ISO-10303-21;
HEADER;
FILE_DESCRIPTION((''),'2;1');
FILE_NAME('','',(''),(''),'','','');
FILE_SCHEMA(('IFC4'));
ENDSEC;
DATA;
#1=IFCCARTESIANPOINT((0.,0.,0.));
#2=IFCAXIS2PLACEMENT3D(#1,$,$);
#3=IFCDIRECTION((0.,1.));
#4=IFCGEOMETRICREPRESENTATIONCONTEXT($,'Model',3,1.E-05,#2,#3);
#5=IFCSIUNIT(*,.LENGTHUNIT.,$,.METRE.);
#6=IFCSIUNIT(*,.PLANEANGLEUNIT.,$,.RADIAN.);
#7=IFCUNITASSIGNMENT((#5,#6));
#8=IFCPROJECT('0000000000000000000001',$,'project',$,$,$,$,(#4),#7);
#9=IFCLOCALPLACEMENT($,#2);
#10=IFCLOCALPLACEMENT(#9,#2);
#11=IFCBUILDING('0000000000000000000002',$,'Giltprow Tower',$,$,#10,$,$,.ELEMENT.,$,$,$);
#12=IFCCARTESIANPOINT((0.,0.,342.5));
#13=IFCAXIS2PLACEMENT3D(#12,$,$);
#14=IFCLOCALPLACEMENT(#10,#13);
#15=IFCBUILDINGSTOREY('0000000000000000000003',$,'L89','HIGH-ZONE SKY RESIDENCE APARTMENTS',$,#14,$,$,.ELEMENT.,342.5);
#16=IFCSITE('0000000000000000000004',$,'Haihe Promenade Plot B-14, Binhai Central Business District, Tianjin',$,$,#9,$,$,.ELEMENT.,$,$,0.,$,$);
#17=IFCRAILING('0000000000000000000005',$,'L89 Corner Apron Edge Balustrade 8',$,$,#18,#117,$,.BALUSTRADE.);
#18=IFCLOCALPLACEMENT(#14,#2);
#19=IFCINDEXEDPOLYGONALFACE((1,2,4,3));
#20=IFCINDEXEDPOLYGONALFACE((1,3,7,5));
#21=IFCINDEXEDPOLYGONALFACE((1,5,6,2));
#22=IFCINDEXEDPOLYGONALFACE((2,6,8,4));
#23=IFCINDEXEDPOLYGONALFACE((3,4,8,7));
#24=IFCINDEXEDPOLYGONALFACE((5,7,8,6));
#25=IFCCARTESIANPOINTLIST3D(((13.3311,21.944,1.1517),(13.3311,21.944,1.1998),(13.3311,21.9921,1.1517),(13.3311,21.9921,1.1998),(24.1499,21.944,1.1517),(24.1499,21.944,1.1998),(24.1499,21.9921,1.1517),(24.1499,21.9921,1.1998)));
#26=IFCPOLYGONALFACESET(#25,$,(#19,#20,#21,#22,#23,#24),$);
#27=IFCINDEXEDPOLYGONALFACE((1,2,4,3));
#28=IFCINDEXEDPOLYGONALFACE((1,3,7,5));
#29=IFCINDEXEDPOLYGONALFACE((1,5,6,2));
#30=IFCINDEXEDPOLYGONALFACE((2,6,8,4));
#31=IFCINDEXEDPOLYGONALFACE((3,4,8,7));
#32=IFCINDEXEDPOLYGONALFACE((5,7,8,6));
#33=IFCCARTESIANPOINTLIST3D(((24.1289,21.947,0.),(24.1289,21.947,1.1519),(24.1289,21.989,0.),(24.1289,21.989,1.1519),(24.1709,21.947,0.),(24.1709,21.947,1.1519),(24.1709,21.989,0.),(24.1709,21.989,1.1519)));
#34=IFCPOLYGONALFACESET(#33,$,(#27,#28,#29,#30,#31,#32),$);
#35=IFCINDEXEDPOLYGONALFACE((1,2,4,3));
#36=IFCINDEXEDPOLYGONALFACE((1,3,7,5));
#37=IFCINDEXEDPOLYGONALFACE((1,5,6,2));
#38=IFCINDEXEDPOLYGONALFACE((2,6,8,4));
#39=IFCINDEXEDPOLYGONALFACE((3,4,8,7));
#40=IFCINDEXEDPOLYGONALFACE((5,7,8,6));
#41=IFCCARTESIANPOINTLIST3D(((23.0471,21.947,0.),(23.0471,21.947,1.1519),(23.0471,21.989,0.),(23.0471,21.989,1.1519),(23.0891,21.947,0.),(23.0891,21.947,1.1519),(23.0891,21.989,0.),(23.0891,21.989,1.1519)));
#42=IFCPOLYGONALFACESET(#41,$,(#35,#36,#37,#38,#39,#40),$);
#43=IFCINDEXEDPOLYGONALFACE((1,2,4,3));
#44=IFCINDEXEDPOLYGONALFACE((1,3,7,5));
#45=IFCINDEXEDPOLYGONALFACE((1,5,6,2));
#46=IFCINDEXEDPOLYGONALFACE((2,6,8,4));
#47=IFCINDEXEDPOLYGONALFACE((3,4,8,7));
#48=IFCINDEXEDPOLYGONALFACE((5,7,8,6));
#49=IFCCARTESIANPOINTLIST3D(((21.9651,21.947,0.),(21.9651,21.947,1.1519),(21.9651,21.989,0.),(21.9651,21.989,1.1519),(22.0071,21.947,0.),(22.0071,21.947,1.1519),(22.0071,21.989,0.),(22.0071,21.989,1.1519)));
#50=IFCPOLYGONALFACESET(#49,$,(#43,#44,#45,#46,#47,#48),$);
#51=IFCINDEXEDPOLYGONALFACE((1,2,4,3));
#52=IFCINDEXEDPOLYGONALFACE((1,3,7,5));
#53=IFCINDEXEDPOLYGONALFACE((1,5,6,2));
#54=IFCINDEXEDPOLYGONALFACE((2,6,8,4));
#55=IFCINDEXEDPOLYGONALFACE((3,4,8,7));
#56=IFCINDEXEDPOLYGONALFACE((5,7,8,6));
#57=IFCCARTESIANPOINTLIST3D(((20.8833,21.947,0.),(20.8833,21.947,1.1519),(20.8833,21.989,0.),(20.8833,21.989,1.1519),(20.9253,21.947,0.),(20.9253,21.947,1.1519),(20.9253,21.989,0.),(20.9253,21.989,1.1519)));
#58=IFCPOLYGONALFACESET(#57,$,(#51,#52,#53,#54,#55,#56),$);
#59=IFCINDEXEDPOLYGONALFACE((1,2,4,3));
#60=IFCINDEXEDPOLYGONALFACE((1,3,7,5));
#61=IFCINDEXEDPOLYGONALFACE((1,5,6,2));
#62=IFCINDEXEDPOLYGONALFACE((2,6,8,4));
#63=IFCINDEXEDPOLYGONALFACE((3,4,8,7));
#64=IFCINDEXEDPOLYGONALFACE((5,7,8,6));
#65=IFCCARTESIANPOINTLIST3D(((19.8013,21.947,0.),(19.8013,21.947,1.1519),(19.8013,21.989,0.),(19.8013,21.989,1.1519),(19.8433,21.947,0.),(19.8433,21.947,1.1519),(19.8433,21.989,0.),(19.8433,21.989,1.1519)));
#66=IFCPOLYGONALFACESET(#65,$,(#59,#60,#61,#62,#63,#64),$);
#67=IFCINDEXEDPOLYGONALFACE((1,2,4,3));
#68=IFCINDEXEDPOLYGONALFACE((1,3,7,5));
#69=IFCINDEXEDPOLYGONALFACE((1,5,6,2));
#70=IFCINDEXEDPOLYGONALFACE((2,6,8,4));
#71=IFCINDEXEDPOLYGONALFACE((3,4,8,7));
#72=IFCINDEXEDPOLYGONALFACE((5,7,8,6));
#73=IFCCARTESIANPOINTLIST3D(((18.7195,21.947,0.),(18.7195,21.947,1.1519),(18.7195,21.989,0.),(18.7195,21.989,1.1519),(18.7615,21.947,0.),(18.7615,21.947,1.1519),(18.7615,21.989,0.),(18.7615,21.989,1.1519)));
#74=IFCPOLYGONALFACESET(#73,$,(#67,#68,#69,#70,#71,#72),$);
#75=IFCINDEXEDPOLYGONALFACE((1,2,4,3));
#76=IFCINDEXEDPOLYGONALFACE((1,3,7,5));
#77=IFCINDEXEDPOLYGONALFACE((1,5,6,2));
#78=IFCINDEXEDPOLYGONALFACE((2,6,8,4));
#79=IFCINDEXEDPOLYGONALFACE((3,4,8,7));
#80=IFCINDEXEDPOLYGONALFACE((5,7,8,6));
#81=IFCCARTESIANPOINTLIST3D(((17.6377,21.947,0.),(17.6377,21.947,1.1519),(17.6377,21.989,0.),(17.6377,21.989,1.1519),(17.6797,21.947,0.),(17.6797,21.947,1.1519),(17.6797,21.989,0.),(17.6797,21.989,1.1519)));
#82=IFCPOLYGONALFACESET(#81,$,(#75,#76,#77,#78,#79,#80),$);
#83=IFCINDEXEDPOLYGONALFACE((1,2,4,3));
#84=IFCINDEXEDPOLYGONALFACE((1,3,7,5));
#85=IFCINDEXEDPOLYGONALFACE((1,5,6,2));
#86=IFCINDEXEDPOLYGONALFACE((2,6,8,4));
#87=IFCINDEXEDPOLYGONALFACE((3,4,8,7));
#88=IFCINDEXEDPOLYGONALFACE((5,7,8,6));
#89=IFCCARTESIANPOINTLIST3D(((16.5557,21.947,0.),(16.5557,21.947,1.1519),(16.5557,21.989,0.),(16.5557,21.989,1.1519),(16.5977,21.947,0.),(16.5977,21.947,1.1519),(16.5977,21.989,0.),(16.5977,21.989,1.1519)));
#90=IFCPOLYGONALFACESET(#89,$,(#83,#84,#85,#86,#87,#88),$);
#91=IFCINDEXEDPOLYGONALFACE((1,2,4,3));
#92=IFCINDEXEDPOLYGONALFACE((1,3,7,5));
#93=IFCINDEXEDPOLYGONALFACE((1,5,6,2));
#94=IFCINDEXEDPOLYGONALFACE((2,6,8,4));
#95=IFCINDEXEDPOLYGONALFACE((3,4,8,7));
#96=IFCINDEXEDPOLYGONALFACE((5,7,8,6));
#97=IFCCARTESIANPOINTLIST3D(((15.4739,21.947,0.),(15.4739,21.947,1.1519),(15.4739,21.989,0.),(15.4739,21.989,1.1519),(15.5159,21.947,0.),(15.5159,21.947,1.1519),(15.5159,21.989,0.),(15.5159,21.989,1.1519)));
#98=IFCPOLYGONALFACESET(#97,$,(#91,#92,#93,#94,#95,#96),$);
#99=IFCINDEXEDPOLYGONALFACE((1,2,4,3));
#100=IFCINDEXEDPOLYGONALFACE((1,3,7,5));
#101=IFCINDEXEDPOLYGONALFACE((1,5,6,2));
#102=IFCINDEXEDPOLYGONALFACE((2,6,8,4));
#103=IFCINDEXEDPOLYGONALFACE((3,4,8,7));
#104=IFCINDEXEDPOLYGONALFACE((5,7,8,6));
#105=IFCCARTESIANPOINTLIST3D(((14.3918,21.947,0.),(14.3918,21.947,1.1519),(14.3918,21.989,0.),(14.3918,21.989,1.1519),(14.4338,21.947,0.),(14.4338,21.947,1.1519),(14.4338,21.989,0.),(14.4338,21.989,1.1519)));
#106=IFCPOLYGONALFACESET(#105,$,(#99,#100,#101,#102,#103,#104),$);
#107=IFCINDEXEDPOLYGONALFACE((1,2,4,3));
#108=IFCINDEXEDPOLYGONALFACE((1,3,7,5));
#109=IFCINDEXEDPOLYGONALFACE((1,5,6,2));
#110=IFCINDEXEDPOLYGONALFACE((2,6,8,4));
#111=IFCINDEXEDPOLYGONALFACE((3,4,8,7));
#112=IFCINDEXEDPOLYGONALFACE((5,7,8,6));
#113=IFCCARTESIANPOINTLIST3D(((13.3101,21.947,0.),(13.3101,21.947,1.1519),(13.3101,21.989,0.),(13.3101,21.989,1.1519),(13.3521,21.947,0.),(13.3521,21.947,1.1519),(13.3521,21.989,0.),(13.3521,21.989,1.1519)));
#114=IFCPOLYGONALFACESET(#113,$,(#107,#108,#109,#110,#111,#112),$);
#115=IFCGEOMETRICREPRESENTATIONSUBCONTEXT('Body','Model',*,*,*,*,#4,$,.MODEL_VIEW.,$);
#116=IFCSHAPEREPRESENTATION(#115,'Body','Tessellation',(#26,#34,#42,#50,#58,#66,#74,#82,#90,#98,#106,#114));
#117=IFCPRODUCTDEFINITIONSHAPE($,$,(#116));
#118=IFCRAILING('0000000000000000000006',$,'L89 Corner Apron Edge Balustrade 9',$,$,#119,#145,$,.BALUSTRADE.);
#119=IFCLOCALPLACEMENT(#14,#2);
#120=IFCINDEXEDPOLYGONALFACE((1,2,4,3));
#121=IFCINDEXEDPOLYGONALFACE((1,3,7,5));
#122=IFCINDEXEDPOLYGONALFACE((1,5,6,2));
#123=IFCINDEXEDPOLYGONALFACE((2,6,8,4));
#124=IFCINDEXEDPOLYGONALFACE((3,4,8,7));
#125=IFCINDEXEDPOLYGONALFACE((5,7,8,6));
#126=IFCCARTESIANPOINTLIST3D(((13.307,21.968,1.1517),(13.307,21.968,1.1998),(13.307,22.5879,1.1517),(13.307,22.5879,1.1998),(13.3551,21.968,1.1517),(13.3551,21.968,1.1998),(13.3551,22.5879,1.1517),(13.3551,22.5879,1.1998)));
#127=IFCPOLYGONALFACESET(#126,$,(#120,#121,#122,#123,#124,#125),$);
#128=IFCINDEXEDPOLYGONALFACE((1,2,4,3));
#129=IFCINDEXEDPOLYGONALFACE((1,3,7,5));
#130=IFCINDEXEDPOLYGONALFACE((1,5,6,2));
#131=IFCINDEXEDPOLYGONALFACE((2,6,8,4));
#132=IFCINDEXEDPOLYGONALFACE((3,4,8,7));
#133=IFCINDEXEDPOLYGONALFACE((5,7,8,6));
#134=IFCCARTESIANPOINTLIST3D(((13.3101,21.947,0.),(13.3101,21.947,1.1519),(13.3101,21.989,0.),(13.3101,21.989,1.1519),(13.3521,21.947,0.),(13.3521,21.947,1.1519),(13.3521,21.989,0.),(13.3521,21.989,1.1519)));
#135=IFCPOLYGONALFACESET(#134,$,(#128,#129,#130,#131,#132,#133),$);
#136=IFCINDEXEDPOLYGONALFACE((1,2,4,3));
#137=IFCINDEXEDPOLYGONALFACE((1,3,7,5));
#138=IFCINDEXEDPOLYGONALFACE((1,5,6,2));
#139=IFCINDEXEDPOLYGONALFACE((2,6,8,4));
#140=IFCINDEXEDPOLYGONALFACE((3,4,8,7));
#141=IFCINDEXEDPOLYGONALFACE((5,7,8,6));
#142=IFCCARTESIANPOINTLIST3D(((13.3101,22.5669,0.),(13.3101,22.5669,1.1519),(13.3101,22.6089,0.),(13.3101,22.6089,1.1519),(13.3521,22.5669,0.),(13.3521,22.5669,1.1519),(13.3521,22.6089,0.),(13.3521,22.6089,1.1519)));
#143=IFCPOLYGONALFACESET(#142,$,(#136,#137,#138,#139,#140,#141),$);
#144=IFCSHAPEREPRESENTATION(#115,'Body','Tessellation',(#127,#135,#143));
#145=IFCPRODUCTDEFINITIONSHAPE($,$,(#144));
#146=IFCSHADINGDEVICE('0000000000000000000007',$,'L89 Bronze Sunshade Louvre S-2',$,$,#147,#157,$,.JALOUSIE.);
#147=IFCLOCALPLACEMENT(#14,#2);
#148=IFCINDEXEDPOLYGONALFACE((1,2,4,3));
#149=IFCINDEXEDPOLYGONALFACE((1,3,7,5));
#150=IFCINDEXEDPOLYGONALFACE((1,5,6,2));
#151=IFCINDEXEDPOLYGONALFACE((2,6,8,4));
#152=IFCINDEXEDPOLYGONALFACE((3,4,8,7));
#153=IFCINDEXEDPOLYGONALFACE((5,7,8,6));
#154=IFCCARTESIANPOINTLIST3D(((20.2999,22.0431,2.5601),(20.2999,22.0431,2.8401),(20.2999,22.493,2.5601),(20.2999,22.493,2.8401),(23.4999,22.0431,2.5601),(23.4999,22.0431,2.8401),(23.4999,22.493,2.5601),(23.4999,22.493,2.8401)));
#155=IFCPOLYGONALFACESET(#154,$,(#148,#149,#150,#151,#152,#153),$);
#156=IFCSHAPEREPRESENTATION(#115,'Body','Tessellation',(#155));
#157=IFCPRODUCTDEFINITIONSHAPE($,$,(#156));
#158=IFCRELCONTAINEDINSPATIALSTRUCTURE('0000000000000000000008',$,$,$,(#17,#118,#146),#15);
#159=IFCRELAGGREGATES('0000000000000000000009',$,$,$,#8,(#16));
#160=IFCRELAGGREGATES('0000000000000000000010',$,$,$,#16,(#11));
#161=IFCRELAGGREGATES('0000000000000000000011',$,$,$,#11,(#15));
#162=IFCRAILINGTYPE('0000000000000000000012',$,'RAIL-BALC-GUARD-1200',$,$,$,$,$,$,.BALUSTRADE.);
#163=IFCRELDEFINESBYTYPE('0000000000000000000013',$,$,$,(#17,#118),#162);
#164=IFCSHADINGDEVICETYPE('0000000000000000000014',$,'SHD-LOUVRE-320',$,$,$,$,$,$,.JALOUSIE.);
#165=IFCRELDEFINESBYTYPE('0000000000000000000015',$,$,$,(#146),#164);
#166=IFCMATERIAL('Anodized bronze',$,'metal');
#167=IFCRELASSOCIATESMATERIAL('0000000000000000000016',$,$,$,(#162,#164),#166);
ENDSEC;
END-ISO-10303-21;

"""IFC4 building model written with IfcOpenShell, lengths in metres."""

from ifc_helpers import new_model, si_unit, direction, frame, origin, origin_2d, place, context, subcontext, project, spatial, rectangle, extrude, source, transform, mapped, material, type_object, element, save


model = new_model("IFC4")

# Units and contexts
model_context = context("Model", 3, precision=1e-05, world=origin(), true_north=direction((0.0, 1.0)))
body_context = subcontext(model_context, "Body", "Model", "MODEL_VIEW")
ifc_project = project(units=[si_unit("LENGTHUNIT", "METRE"), si_unit("PLANEANGLEUNIT", "RADIAN")], contexts=[model_context])

# Site, building, storey
site_placement = place(None, origin())
site = spatial("IfcSite", under=ifc_project, at=site_placement, Name="Haihe Promenade Plot B-14, Binhai Central Business District, Tianjin", CompositionType="ELEMENT", RefElevation=0.0)
building_placement = place(site_placement, origin())
building = spatial("IfcBuilding", under=site, at=building_placement, Name="Giltprow Tower", CompositionType="ELEMENT")
storey_placement = place(building_placement, frame((0.0, 0.0, 342.5)))
storey = spatial("IfcBuildingStorey", under=building, at=storey_placement, Name="L89", Description="HIGH-ZONE SKY RESIDENCE APARTMENTS", CompositionType="ELEMENT", Elevation=342.5)

# Shared definitions
ifc_material_1 = material(Name="Anodized bronze", Category="metal")

# Railings
railing_type = type_object("IfcRailingType", Name="RAIL-BALC-GUARD-1200", PredefinedType="BALUSTRADE", material=ifc_material_1)
railing_1_placement = place(storey_placement, frame((24.1499, 21.968, 0.0)))
element("IfcRailing", 1, at=railing_1_placement, inside=storey, type_object=railing_type, Name="L89 Corner Apron Edge Balustrade 8", PredefinedType="BALUSTRADE", context=body_context, shape_type="SweptSolid", body=[
    extrude(rectangle(XDim=0.0481, YDim=0.0481, at=origin_2d()), frame((0.0, 0.0, 1.1758), z_axis=(-1.0, 0.0, 0.0), x_axis=(0.0, -1.0, 0.0)), (0.0, 0.0, 1.0), 10.8188),
    extrude(rectangle(XDim=0.042, YDim=0.042, at=origin_2d()), origin(), (0.0, 0.0, 1.0), 1.1519),
    extrude(rectangle(XDim=0.042, YDim=0.042, at=origin_2d()), frame((-1.0818, 0.0, 0.0)), (0.0, 0.0, 1.0), 1.1519),
    extrude(rectangle(XDim=0.042, YDim=0.042, at=origin_2d()), frame((-2.1638, 0.0, 0.0)), (0.0, 0.0, 1.0), 1.1519),
    extrude(rectangle(XDim=0.042, YDim=0.042, at=origin_2d()), frame((-3.2456, 0.0, 0.0)), (0.0, 0.0, 1.0), 1.1519),
    extrude(rectangle(XDim=0.042, YDim=0.042, at=origin_2d()), frame((-4.3276, 0.0, 0.0)), (0.0, 0.0, 1.0), 1.1519),
    extrude(rectangle(XDim=0.042, YDim=0.042, at=origin_2d()), frame((-5.4094, 0.0, 0.0)), (0.0, 0.0, 1.0), 1.1519),
    extrude(rectangle(XDim=0.042, YDim=0.042, at=origin_2d()), frame((-6.4912, 0.0, 0.0)), (0.0, 0.0, 1.0), 1.1519),
    extrude(rectangle(XDim=0.042, YDim=0.042, at=origin_2d()), frame((-7.5732, 0.0, 0.0)), (0.0, 0.0, 1.0), 1.1519),
    extrude(rectangle(XDim=0.042, YDim=0.042, at=origin_2d()), frame((-8.655, 0.0, 0.0)), (0.0, 0.0, 1.0), 1.1519),
    extrude(rectangle(XDim=0.042, YDim=0.042, at=origin_2d()), frame((-9.7371, 0.0, 0.0)), (0.0, 0.0, 1.0), 1.1519),
    extrude(rectangle(XDim=0.042, YDim=0.042, at=origin_2d()), frame((-10.8188, 0.0, 0.0)), (0.0, 0.0, 1.0), 1.1519),
])
railing_2_placement = place(storey_placement, frame((13.3311, 21.968, 0.0)))
element("IfcRailing", 2, at=railing_2_placement, inside=storey, type_object=railing_type, Name="L89 Corner Apron Edge Balustrade 9", PredefinedType="BALUSTRADE", context=body_context, shape_type="SweptSolid", body=[
    extrude(rectangle(XDim=0.0481, YDim=0.0481, at=origin_2d()), frame((0.0, 0.0, 1.1758), z_axis=(0.0, 1.0, 0.0), x_axis=(-1.0, 0.0, 0.0)), (0.0, 0.0, 1.0), 0.6199),
    extrude(rectangle(XDim=0.042, YDim=0.042, at=origin_2d()), origin(), (0.0, 0.0, 1.0), 1.1519),
    extrude(rectangle(XDim=0.042, YDim=0.042, at=origin_2d()), frame((0.0, 0.6199, 0.0)), (0.0, 0.0, 1.0), 1.1519),
])

# Shading device
shading_device_type = type_object("IfcShadingDeviceType", Name="SHD-LOUVRE-320", PredefinedType="JALOUSIE", material=ifc_material_1)
shared_shape_1 = source(origin(), body_context, "Body", "SweptSolid", [
    extrude(rectangle(XDim=3.2, YDim=0.45, at=origin_2d()), origin(), (0.0, 0.0, 1.0), 0.28),
])
shading_device_placement = place(storey_placement, frame((21.8999, 22.2681, 2.5601), z_axis=(0.0, 0.0, 1.0), x_axis=(1.0, 0.0, 0.0)))
element("IfcShadingDevice", 3, at=shading_device_placement, inside=storey, type_object=shading_device_type, Name="L89 Bronze Sunshade Louvre S-2", PredefinedType="JALOUSIE", context=body_context, shape_type="MappedRepresentation", body=[
    mapped(shared_shape_1, transform((0.0, 0.0, 0.0), x_axis=(1.0, 0.0, 0.0), y_axis=(0.0, 1.0, 0.0), z_axis=(0.0, 0.0, 1.0), scale=1.0)),
])

save(model, "model.ifc")
